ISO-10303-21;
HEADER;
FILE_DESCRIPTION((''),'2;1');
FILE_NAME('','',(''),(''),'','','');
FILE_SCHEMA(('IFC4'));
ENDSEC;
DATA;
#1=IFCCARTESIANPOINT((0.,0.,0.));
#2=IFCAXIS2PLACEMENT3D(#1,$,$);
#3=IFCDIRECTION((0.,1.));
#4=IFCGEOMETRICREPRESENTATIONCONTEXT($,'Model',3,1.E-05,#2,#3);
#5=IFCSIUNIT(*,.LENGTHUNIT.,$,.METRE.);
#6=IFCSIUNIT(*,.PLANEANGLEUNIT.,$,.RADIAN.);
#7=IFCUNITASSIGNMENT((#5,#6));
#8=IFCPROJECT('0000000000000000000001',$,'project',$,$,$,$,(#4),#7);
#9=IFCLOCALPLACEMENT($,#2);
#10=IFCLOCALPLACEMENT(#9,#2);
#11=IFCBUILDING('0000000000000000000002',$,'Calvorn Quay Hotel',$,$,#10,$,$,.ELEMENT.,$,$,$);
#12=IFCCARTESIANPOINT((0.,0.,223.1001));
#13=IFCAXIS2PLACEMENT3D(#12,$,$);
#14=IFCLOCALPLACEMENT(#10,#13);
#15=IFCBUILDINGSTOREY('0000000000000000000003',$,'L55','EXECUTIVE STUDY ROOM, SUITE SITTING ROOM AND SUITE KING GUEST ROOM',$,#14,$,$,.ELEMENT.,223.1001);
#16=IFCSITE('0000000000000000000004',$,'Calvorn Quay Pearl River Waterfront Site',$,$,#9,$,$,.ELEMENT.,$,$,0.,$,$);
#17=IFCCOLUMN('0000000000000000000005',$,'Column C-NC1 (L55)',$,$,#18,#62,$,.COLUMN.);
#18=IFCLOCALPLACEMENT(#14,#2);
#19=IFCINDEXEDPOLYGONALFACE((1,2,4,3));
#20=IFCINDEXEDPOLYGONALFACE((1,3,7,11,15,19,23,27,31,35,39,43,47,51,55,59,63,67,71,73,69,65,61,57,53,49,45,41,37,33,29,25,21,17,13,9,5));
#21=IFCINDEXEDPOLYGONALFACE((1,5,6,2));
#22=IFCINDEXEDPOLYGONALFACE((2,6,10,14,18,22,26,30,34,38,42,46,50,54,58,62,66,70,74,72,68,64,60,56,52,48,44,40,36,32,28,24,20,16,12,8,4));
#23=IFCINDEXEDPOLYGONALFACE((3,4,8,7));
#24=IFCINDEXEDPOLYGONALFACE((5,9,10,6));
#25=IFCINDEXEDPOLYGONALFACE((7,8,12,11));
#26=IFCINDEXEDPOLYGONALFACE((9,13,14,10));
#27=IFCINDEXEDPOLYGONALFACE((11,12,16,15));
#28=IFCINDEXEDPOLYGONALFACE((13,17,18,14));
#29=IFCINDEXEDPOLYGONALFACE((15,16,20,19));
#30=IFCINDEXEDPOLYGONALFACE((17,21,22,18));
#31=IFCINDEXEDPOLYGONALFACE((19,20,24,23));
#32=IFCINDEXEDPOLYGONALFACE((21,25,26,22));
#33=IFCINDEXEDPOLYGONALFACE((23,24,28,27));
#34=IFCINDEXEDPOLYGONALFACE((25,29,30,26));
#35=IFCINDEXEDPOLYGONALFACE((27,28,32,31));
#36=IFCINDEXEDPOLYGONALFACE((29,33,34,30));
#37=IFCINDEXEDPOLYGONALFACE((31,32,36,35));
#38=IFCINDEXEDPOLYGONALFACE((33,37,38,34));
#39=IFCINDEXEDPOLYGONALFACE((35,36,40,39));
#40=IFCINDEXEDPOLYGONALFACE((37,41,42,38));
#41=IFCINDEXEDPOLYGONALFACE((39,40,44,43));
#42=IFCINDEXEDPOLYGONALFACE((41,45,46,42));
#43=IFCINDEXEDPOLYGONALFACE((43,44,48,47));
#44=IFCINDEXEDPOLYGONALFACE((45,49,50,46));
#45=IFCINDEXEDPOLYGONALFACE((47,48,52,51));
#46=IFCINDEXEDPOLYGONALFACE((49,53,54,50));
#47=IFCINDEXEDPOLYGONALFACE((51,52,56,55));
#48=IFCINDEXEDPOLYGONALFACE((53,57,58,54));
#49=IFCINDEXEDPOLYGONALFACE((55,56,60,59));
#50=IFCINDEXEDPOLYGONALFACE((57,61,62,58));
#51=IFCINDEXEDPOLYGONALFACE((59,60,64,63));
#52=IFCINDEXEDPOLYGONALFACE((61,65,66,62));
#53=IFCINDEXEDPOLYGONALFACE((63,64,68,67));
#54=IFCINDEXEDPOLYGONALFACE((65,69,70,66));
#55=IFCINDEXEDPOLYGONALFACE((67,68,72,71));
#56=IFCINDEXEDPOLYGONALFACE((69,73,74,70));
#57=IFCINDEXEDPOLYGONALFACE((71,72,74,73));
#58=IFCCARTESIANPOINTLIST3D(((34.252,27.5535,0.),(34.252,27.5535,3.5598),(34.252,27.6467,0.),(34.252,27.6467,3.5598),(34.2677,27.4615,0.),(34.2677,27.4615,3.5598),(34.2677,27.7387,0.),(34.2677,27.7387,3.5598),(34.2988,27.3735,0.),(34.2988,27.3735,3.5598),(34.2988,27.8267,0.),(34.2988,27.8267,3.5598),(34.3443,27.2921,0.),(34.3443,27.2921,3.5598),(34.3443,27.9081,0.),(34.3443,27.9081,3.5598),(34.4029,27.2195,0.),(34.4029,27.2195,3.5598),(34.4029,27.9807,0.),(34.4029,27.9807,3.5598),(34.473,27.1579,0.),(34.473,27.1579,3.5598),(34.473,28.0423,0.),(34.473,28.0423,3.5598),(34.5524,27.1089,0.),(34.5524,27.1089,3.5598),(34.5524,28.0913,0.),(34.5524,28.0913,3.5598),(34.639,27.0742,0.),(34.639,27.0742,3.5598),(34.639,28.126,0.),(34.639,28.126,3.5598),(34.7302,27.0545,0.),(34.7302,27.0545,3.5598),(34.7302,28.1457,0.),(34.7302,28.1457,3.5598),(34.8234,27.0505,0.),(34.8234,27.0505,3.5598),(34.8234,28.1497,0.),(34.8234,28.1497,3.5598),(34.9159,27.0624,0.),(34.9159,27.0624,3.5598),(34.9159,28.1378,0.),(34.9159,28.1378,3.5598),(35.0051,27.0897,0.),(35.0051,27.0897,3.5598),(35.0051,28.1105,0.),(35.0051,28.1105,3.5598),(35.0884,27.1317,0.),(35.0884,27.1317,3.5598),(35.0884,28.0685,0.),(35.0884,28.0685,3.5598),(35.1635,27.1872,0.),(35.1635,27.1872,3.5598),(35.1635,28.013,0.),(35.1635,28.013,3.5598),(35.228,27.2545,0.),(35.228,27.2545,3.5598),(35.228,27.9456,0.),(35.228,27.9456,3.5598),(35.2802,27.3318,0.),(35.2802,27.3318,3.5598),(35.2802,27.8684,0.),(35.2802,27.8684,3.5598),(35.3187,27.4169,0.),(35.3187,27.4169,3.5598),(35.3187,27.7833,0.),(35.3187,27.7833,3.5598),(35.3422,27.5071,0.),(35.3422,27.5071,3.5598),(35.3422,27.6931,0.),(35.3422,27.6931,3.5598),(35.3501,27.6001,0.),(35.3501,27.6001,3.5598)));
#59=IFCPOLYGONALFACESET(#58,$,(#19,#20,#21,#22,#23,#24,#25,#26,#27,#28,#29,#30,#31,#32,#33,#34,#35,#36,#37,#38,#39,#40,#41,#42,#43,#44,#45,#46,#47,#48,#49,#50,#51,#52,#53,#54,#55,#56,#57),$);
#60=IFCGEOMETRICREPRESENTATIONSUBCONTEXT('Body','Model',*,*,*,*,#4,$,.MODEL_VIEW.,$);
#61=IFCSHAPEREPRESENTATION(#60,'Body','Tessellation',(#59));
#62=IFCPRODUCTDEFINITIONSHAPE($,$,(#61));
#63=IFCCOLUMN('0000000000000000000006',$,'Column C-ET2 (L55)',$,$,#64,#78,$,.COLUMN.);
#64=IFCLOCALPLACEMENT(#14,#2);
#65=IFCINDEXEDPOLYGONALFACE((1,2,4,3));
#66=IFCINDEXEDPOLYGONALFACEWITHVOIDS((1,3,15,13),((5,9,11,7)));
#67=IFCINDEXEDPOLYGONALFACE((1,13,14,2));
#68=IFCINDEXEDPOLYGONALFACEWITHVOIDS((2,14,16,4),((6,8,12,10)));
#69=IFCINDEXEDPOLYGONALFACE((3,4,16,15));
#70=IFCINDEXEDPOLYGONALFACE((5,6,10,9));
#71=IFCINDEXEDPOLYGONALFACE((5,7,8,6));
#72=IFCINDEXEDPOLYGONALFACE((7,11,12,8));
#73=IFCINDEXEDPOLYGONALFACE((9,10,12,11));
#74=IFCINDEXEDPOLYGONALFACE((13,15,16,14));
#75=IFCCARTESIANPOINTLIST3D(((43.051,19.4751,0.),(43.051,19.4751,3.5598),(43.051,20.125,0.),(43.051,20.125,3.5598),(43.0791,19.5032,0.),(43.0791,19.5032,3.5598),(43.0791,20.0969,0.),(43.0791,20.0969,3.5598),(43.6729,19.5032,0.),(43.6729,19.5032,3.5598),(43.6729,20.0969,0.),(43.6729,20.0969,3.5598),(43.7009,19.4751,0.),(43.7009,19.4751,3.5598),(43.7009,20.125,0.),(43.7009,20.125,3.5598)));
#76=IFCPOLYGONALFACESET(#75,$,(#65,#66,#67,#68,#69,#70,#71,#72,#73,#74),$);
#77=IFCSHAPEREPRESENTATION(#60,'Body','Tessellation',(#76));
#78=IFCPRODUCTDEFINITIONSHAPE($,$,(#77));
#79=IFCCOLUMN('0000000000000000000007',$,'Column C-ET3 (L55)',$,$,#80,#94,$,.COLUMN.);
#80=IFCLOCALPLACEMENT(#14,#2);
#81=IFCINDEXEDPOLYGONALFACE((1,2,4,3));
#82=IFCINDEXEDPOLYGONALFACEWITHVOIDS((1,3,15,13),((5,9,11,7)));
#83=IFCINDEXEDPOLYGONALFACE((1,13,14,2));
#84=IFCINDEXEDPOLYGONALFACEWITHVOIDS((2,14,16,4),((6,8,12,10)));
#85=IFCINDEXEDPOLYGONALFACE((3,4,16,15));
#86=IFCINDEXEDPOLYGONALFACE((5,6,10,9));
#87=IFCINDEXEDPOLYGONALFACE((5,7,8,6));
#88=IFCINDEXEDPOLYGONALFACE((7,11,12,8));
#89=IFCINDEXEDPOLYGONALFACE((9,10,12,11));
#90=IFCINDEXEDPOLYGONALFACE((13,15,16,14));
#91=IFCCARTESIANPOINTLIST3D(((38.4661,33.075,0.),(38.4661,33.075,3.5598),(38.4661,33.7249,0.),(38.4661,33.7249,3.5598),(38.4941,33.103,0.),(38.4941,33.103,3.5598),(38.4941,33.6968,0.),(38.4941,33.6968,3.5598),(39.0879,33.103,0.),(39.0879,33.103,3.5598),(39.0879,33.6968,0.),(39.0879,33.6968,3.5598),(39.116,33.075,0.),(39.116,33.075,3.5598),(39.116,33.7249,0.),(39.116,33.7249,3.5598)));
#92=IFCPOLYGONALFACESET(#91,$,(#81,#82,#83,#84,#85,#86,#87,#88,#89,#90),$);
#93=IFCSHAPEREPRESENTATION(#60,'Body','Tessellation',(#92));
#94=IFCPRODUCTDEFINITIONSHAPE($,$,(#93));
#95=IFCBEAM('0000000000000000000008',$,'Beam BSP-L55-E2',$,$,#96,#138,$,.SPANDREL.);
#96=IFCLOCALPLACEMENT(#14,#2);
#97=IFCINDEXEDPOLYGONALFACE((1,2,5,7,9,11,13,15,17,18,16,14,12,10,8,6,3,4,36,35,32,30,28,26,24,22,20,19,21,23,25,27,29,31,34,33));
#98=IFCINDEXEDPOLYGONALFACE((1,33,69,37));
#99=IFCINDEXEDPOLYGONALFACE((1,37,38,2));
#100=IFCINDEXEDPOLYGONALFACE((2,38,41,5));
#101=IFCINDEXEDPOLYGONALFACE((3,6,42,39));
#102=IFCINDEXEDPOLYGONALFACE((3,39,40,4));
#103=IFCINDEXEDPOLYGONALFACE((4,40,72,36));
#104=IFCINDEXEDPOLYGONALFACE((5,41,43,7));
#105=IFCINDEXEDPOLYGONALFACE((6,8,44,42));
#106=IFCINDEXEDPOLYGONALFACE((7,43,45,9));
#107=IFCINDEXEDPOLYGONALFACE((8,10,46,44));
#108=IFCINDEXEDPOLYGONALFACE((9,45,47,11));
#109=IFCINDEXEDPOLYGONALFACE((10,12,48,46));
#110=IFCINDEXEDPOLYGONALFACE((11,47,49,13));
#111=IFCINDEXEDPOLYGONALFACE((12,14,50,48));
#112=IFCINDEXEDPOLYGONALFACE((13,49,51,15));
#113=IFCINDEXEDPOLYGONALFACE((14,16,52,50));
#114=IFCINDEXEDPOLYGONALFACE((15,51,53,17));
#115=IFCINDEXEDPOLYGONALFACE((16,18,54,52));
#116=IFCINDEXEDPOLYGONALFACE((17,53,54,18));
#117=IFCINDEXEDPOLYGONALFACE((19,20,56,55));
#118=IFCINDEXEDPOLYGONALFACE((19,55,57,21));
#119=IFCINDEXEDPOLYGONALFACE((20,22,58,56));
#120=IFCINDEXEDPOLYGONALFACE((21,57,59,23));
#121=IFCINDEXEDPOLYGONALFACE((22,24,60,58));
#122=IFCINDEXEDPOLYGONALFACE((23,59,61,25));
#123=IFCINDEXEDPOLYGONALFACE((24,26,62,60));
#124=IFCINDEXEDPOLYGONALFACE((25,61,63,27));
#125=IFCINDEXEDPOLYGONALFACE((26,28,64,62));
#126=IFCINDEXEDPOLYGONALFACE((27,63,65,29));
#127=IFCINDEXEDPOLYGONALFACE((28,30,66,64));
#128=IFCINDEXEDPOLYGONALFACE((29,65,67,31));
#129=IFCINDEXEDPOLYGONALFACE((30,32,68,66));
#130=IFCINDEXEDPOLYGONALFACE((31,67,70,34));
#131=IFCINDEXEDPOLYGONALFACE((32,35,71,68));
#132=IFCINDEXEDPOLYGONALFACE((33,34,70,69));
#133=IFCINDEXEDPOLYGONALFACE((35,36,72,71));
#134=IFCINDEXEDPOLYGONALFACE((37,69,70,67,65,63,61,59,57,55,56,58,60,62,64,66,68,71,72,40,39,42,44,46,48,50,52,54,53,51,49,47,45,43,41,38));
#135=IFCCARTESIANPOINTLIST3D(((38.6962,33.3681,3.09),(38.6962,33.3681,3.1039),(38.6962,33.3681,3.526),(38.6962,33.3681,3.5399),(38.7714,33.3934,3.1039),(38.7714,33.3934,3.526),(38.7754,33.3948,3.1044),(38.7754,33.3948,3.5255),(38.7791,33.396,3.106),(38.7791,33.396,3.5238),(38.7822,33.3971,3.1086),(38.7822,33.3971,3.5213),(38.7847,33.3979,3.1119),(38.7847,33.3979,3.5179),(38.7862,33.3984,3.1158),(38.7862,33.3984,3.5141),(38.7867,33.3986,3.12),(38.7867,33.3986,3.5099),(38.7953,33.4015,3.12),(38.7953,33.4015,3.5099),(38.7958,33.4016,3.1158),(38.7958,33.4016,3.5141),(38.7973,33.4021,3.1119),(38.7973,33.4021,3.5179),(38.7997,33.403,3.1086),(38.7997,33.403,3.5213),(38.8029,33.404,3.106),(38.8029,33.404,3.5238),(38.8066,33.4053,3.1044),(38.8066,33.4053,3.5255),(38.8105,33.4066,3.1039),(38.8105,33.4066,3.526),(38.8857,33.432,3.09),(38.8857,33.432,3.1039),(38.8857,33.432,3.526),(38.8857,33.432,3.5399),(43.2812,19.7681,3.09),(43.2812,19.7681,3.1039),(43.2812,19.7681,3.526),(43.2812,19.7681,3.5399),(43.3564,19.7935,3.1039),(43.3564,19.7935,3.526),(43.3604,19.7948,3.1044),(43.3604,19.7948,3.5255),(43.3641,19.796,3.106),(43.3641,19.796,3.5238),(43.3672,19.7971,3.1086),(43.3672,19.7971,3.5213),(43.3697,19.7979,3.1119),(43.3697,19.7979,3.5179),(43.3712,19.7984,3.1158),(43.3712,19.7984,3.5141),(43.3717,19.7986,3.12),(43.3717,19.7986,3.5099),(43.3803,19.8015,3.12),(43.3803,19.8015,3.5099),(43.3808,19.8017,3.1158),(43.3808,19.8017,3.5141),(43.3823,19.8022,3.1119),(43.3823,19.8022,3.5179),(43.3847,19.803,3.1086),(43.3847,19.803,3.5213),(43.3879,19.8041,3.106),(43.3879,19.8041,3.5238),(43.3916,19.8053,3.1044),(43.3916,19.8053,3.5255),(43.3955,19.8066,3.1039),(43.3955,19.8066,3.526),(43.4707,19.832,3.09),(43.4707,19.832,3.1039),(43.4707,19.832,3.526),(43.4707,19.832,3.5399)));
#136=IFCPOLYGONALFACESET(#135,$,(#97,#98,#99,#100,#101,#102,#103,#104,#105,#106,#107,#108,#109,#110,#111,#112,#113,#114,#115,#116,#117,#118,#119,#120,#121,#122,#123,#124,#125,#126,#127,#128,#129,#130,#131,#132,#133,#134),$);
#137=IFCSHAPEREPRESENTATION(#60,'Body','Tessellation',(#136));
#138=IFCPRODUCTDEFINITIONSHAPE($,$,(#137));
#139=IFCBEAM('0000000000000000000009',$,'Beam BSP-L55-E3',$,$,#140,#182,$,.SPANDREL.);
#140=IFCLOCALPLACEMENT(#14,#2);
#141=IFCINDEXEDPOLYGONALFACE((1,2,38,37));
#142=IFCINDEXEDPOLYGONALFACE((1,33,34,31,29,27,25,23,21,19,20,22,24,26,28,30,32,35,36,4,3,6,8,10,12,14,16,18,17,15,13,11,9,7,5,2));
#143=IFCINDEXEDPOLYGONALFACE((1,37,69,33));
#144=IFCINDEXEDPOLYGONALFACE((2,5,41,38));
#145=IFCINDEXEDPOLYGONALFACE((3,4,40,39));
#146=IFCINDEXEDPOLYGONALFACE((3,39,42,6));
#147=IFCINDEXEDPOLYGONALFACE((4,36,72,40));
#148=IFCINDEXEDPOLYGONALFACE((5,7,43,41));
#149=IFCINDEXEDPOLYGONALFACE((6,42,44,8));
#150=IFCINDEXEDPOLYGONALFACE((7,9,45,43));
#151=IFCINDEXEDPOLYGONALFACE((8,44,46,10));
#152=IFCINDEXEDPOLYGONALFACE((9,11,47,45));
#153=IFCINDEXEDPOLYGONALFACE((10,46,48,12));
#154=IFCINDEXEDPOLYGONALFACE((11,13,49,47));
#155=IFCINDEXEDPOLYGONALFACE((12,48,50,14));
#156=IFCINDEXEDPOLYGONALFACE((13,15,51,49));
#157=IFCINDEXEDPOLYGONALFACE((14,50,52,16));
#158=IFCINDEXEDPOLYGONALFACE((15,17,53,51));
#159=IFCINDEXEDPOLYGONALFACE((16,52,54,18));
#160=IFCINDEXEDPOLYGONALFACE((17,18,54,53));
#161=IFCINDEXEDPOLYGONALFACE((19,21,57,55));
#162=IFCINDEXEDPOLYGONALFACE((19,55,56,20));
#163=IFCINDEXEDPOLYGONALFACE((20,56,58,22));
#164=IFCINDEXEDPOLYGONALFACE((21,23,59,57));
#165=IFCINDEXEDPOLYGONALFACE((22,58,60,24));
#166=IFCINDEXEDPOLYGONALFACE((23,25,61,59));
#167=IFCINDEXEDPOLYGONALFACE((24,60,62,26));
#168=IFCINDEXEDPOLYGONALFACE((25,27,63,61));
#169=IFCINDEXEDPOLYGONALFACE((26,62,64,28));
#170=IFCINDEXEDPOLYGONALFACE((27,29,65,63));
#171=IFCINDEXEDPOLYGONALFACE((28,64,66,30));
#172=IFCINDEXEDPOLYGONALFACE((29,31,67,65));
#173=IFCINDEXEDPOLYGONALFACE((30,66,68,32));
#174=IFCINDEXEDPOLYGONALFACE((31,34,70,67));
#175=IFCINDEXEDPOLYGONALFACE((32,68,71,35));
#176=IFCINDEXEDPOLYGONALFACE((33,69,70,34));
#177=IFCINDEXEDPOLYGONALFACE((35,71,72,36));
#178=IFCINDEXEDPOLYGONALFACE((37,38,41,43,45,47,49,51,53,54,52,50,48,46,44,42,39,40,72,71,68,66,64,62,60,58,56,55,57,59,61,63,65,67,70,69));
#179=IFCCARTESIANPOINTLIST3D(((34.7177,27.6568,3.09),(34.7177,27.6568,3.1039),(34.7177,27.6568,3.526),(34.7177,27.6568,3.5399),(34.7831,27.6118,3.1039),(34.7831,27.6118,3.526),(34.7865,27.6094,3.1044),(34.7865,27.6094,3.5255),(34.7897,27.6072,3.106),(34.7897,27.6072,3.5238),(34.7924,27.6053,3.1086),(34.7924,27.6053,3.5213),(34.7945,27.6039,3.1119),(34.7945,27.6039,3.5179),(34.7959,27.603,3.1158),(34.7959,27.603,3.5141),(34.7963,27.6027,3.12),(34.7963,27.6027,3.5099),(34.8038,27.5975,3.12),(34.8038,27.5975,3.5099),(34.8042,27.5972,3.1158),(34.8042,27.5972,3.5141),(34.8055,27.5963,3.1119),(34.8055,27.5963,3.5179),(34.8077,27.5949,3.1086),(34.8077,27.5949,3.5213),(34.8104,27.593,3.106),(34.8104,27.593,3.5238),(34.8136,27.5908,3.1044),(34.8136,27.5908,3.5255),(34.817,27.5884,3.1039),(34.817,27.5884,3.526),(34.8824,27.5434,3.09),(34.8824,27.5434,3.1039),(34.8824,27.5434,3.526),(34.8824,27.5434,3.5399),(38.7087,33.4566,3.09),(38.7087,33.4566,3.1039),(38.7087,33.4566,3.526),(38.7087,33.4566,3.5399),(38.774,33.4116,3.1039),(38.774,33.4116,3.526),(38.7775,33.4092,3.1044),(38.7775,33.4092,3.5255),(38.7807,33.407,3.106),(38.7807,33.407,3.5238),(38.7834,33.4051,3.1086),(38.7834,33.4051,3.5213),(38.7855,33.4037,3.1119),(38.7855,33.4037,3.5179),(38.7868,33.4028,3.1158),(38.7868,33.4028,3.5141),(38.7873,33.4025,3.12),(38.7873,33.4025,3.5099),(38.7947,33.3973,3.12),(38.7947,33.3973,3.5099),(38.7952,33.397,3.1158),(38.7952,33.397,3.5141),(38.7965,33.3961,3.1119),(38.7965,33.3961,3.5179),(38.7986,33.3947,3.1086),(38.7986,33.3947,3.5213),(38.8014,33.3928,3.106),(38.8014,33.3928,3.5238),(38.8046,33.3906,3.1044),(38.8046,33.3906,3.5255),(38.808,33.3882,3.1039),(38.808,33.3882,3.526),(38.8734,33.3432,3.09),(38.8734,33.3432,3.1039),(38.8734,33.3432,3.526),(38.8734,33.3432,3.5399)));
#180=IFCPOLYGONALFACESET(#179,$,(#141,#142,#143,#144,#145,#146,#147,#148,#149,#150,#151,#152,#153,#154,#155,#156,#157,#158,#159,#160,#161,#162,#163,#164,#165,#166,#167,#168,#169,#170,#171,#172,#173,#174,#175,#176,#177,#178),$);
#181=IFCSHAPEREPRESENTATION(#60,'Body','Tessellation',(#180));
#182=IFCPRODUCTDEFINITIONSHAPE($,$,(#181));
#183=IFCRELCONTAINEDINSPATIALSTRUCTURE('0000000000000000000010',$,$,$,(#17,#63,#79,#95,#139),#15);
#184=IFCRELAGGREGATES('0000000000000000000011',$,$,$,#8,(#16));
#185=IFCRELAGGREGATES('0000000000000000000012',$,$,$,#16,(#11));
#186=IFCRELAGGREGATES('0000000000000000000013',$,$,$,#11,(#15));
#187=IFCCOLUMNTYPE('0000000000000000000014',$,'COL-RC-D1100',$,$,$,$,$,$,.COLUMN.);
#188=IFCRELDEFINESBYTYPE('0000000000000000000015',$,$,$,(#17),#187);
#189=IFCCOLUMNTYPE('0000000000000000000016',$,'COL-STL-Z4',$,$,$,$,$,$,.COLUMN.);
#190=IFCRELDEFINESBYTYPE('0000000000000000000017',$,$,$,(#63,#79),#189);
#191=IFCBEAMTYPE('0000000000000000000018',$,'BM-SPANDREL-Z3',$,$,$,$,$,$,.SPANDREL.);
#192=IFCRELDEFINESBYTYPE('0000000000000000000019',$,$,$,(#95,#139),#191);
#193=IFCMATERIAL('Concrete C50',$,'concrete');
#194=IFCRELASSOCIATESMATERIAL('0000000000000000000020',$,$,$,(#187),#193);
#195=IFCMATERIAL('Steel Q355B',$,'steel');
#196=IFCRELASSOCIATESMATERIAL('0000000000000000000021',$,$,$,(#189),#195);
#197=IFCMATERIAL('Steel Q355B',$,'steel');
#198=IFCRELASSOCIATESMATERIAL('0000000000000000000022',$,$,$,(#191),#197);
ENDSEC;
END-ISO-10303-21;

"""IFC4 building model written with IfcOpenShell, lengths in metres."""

from ifc_helpers import new_model, si_unit, direction, frame, origin, origin_2d, place, context, subcontext, project, spatial, hollow_rectangle, circle, i_section, extrude, material, material_profile, profile_set, type_object, element, save


model = new_model("IFC4")

# Units and contexts
model_context = context("Model", 3, precision=1e-05, world=origin(), true_north=direction((0.0, 1.0)))
body_context = subcontext(model_context, "Body", "Model", "MODEL_VIEW")
ifc_project = project(units=[si_unit("LENGTHUNIT", "METRE"), si_unit("PLANEANGLEUNIT", "RADIAN")], contexts=[model_context])

# Site, building, storey
site_placement = place(None, origin())
site = spatial("IfcSite", under=ifc_project, at=site_placement, Name="Calvorn Quay Pearl River Waterfront Site", CompositionType="ELEMENT", RefElevation=0.0)
building_placement = place(site_placement, origin())
building = spatial("IfcBuilding", under=site, at=building_placement, Name="Calvorn Quay Hotel", CompositionType="ELEMENT")
storey_placement = place(building_placement, frame((0.0, 0.0, 223.1001)))
storey = spatial("IfcBuildingStorey", under=building, at=storey_placement, Name="L55", Description="EXECUTIVE STUDY ROOM, SUITE SITTING ROOM AND SUITE KING GUEST ROOM", CompositionType="ELEMENT", Elevation=223.1001)

# Columns
ifc_material_1 = material(Name="Concrete C50", Category="concrete")
ifc_material_profile_1 = material_profile(ifc_material_1, circle(Radius=0.55, at=origin_2d()), Name="RCD1100")
ifc_profile_set_1 = profile_set([ifc_material_profile_1], Name="Concrete C50")
column_type_1 = type_object("IfcColumnType", Name="COL-RC-D1100", PredefinedType="COLUMN", material=ifc_profile_set_1)
column_placement = place(storey_placement, frame((34.8, 27.6001, 0.0), z_axis=(0.0, 0.0, 1.0), x_axis=(1.0, 0.0, 0.0)))
element("IfcColumn", 1, at=column_placement, inside=storey, type_object=column_type_1, Name="Column C-NC1 (L55)", PredefinedType="COLUMN", context=body_context, shape_type="SweptSolid", body=[
    extrude(circle(Radius=0.55, at=origin_2d()), origin(), (0.0, 0.0, 1.0), 3.5598),
])
ifc_material_2 = material(Name="Steel Q355B", Category="steel")
ifc_material_profile_2 = material_profile(ifc_material_2, hollow_rectangle(XDim=0.6499, YDim=0.6499, WallThickness=0.0281, at=origin_2d()), Name="BOX650x650x28")
ifc_profile_set_2 = profile_set([ifc_material_profile_2], Name="Steel Q355B")
column_type_2 = type_object("IfcColumnType", Name="COL-STL-Z4", PredefinedType="COLUMN", material=ifc_profile_set_2)
for number, where, z_axis, x_axis, name in (
    (2, (43.376, 19.8, 0.0), (0.0, 0.0, 1.0), (1.0, 0.0, 0.0), "Column C-ET2 (L55)"),
    (3, (38.791, 33.3999, 0.0), (0.0, 0.0, 1.0), (1.0, 0.0, 0.0), "Column C-ET3 (L55)"),
):
    element("IfcColumn", number, at=place(storey_placement, frame(where, z_axis=z_axis, x_axis=x_axis)), inside=storey, type_object=column_type_2, Name=name, PredefinedType="COLUMN", context=body_context, shape_type="SweptSolid", body=[
        extrude(hollow_rectangle(XDim=0.6499, YDim=0.6499, WallThickness=0.0281, at=origin_2d()), origin(), (0.0, 0.0, 1.0), 3.5598),
    ])

# Beams
ifc_material_3 = material(Name="Steel Q355B", Category="steel")
ifc_material_profile_3 = material_profile(ifc_material_3, i_section(OverallWidth=0.2, OverallDepth=0.45, WebThickness=0.009, FlangeThickness=0.0139, FilletRadius=0.0161, at=origin_2d()), Name="HN450x200x9x14")
ifc_profile_set_3 = profile_set([ifc_material_profile_3], Name="Steel Q355B")
beam_type = type_object("IfcBeamType", Name="BM-SPANDREL-Z3", PredefinedType="SPANDREL", material=ifc_profile_set_3)
beam_1_placement = place(storey_placement, frame((43.376, 19.8, 3.3149), z_axis=(-0.319467, 0.947598, 0.0), x_axis=(-0.947598, -0.319467, 0.0)))
element("IfcBeam", 4, at=beam_1_placement, inside=storey, type_object=beam_type, Name="Beam BSP-L55-E2", PredefinedType="SPANDREL", context=body_context, shape_type="SweptSolid", body=[
    extrude(i_section(OverallWidth=0.2, OverallDepth=0.45, WebThickness=0.009, FlangeThickness=0.0139, FilletRadius=0.0161, at=origin_2d()), origin(), (0.0, 0.0, 1.0), 14.3521),
])
beam_2_placement = place(storey_placement, frame((38.791, 33.3999, 3.3149), z_axis=(-0.566876, -0.823803, 0.0), x_axis=(0.823803, -0.566876, 0.0)))
element("IfcBeam", 5, at=beam_2_placement, inside=storey, type_object=beam_type, Name="Beam BSP-L55-E3", PredefinedType="SPANDREL", context=body_context, shape_type="SweptSolid", body=[
    extrude(i_section(OverallWidth=0.2, OverallDepth=0.45, WebThickness=0.009, FlangeThickness=0.0139, FilletRadius=0.0161, at=origin_2d()), origin(), (0.0, 0.0, 1.0), 7.0403),
])

save(model, "model.ifc")
